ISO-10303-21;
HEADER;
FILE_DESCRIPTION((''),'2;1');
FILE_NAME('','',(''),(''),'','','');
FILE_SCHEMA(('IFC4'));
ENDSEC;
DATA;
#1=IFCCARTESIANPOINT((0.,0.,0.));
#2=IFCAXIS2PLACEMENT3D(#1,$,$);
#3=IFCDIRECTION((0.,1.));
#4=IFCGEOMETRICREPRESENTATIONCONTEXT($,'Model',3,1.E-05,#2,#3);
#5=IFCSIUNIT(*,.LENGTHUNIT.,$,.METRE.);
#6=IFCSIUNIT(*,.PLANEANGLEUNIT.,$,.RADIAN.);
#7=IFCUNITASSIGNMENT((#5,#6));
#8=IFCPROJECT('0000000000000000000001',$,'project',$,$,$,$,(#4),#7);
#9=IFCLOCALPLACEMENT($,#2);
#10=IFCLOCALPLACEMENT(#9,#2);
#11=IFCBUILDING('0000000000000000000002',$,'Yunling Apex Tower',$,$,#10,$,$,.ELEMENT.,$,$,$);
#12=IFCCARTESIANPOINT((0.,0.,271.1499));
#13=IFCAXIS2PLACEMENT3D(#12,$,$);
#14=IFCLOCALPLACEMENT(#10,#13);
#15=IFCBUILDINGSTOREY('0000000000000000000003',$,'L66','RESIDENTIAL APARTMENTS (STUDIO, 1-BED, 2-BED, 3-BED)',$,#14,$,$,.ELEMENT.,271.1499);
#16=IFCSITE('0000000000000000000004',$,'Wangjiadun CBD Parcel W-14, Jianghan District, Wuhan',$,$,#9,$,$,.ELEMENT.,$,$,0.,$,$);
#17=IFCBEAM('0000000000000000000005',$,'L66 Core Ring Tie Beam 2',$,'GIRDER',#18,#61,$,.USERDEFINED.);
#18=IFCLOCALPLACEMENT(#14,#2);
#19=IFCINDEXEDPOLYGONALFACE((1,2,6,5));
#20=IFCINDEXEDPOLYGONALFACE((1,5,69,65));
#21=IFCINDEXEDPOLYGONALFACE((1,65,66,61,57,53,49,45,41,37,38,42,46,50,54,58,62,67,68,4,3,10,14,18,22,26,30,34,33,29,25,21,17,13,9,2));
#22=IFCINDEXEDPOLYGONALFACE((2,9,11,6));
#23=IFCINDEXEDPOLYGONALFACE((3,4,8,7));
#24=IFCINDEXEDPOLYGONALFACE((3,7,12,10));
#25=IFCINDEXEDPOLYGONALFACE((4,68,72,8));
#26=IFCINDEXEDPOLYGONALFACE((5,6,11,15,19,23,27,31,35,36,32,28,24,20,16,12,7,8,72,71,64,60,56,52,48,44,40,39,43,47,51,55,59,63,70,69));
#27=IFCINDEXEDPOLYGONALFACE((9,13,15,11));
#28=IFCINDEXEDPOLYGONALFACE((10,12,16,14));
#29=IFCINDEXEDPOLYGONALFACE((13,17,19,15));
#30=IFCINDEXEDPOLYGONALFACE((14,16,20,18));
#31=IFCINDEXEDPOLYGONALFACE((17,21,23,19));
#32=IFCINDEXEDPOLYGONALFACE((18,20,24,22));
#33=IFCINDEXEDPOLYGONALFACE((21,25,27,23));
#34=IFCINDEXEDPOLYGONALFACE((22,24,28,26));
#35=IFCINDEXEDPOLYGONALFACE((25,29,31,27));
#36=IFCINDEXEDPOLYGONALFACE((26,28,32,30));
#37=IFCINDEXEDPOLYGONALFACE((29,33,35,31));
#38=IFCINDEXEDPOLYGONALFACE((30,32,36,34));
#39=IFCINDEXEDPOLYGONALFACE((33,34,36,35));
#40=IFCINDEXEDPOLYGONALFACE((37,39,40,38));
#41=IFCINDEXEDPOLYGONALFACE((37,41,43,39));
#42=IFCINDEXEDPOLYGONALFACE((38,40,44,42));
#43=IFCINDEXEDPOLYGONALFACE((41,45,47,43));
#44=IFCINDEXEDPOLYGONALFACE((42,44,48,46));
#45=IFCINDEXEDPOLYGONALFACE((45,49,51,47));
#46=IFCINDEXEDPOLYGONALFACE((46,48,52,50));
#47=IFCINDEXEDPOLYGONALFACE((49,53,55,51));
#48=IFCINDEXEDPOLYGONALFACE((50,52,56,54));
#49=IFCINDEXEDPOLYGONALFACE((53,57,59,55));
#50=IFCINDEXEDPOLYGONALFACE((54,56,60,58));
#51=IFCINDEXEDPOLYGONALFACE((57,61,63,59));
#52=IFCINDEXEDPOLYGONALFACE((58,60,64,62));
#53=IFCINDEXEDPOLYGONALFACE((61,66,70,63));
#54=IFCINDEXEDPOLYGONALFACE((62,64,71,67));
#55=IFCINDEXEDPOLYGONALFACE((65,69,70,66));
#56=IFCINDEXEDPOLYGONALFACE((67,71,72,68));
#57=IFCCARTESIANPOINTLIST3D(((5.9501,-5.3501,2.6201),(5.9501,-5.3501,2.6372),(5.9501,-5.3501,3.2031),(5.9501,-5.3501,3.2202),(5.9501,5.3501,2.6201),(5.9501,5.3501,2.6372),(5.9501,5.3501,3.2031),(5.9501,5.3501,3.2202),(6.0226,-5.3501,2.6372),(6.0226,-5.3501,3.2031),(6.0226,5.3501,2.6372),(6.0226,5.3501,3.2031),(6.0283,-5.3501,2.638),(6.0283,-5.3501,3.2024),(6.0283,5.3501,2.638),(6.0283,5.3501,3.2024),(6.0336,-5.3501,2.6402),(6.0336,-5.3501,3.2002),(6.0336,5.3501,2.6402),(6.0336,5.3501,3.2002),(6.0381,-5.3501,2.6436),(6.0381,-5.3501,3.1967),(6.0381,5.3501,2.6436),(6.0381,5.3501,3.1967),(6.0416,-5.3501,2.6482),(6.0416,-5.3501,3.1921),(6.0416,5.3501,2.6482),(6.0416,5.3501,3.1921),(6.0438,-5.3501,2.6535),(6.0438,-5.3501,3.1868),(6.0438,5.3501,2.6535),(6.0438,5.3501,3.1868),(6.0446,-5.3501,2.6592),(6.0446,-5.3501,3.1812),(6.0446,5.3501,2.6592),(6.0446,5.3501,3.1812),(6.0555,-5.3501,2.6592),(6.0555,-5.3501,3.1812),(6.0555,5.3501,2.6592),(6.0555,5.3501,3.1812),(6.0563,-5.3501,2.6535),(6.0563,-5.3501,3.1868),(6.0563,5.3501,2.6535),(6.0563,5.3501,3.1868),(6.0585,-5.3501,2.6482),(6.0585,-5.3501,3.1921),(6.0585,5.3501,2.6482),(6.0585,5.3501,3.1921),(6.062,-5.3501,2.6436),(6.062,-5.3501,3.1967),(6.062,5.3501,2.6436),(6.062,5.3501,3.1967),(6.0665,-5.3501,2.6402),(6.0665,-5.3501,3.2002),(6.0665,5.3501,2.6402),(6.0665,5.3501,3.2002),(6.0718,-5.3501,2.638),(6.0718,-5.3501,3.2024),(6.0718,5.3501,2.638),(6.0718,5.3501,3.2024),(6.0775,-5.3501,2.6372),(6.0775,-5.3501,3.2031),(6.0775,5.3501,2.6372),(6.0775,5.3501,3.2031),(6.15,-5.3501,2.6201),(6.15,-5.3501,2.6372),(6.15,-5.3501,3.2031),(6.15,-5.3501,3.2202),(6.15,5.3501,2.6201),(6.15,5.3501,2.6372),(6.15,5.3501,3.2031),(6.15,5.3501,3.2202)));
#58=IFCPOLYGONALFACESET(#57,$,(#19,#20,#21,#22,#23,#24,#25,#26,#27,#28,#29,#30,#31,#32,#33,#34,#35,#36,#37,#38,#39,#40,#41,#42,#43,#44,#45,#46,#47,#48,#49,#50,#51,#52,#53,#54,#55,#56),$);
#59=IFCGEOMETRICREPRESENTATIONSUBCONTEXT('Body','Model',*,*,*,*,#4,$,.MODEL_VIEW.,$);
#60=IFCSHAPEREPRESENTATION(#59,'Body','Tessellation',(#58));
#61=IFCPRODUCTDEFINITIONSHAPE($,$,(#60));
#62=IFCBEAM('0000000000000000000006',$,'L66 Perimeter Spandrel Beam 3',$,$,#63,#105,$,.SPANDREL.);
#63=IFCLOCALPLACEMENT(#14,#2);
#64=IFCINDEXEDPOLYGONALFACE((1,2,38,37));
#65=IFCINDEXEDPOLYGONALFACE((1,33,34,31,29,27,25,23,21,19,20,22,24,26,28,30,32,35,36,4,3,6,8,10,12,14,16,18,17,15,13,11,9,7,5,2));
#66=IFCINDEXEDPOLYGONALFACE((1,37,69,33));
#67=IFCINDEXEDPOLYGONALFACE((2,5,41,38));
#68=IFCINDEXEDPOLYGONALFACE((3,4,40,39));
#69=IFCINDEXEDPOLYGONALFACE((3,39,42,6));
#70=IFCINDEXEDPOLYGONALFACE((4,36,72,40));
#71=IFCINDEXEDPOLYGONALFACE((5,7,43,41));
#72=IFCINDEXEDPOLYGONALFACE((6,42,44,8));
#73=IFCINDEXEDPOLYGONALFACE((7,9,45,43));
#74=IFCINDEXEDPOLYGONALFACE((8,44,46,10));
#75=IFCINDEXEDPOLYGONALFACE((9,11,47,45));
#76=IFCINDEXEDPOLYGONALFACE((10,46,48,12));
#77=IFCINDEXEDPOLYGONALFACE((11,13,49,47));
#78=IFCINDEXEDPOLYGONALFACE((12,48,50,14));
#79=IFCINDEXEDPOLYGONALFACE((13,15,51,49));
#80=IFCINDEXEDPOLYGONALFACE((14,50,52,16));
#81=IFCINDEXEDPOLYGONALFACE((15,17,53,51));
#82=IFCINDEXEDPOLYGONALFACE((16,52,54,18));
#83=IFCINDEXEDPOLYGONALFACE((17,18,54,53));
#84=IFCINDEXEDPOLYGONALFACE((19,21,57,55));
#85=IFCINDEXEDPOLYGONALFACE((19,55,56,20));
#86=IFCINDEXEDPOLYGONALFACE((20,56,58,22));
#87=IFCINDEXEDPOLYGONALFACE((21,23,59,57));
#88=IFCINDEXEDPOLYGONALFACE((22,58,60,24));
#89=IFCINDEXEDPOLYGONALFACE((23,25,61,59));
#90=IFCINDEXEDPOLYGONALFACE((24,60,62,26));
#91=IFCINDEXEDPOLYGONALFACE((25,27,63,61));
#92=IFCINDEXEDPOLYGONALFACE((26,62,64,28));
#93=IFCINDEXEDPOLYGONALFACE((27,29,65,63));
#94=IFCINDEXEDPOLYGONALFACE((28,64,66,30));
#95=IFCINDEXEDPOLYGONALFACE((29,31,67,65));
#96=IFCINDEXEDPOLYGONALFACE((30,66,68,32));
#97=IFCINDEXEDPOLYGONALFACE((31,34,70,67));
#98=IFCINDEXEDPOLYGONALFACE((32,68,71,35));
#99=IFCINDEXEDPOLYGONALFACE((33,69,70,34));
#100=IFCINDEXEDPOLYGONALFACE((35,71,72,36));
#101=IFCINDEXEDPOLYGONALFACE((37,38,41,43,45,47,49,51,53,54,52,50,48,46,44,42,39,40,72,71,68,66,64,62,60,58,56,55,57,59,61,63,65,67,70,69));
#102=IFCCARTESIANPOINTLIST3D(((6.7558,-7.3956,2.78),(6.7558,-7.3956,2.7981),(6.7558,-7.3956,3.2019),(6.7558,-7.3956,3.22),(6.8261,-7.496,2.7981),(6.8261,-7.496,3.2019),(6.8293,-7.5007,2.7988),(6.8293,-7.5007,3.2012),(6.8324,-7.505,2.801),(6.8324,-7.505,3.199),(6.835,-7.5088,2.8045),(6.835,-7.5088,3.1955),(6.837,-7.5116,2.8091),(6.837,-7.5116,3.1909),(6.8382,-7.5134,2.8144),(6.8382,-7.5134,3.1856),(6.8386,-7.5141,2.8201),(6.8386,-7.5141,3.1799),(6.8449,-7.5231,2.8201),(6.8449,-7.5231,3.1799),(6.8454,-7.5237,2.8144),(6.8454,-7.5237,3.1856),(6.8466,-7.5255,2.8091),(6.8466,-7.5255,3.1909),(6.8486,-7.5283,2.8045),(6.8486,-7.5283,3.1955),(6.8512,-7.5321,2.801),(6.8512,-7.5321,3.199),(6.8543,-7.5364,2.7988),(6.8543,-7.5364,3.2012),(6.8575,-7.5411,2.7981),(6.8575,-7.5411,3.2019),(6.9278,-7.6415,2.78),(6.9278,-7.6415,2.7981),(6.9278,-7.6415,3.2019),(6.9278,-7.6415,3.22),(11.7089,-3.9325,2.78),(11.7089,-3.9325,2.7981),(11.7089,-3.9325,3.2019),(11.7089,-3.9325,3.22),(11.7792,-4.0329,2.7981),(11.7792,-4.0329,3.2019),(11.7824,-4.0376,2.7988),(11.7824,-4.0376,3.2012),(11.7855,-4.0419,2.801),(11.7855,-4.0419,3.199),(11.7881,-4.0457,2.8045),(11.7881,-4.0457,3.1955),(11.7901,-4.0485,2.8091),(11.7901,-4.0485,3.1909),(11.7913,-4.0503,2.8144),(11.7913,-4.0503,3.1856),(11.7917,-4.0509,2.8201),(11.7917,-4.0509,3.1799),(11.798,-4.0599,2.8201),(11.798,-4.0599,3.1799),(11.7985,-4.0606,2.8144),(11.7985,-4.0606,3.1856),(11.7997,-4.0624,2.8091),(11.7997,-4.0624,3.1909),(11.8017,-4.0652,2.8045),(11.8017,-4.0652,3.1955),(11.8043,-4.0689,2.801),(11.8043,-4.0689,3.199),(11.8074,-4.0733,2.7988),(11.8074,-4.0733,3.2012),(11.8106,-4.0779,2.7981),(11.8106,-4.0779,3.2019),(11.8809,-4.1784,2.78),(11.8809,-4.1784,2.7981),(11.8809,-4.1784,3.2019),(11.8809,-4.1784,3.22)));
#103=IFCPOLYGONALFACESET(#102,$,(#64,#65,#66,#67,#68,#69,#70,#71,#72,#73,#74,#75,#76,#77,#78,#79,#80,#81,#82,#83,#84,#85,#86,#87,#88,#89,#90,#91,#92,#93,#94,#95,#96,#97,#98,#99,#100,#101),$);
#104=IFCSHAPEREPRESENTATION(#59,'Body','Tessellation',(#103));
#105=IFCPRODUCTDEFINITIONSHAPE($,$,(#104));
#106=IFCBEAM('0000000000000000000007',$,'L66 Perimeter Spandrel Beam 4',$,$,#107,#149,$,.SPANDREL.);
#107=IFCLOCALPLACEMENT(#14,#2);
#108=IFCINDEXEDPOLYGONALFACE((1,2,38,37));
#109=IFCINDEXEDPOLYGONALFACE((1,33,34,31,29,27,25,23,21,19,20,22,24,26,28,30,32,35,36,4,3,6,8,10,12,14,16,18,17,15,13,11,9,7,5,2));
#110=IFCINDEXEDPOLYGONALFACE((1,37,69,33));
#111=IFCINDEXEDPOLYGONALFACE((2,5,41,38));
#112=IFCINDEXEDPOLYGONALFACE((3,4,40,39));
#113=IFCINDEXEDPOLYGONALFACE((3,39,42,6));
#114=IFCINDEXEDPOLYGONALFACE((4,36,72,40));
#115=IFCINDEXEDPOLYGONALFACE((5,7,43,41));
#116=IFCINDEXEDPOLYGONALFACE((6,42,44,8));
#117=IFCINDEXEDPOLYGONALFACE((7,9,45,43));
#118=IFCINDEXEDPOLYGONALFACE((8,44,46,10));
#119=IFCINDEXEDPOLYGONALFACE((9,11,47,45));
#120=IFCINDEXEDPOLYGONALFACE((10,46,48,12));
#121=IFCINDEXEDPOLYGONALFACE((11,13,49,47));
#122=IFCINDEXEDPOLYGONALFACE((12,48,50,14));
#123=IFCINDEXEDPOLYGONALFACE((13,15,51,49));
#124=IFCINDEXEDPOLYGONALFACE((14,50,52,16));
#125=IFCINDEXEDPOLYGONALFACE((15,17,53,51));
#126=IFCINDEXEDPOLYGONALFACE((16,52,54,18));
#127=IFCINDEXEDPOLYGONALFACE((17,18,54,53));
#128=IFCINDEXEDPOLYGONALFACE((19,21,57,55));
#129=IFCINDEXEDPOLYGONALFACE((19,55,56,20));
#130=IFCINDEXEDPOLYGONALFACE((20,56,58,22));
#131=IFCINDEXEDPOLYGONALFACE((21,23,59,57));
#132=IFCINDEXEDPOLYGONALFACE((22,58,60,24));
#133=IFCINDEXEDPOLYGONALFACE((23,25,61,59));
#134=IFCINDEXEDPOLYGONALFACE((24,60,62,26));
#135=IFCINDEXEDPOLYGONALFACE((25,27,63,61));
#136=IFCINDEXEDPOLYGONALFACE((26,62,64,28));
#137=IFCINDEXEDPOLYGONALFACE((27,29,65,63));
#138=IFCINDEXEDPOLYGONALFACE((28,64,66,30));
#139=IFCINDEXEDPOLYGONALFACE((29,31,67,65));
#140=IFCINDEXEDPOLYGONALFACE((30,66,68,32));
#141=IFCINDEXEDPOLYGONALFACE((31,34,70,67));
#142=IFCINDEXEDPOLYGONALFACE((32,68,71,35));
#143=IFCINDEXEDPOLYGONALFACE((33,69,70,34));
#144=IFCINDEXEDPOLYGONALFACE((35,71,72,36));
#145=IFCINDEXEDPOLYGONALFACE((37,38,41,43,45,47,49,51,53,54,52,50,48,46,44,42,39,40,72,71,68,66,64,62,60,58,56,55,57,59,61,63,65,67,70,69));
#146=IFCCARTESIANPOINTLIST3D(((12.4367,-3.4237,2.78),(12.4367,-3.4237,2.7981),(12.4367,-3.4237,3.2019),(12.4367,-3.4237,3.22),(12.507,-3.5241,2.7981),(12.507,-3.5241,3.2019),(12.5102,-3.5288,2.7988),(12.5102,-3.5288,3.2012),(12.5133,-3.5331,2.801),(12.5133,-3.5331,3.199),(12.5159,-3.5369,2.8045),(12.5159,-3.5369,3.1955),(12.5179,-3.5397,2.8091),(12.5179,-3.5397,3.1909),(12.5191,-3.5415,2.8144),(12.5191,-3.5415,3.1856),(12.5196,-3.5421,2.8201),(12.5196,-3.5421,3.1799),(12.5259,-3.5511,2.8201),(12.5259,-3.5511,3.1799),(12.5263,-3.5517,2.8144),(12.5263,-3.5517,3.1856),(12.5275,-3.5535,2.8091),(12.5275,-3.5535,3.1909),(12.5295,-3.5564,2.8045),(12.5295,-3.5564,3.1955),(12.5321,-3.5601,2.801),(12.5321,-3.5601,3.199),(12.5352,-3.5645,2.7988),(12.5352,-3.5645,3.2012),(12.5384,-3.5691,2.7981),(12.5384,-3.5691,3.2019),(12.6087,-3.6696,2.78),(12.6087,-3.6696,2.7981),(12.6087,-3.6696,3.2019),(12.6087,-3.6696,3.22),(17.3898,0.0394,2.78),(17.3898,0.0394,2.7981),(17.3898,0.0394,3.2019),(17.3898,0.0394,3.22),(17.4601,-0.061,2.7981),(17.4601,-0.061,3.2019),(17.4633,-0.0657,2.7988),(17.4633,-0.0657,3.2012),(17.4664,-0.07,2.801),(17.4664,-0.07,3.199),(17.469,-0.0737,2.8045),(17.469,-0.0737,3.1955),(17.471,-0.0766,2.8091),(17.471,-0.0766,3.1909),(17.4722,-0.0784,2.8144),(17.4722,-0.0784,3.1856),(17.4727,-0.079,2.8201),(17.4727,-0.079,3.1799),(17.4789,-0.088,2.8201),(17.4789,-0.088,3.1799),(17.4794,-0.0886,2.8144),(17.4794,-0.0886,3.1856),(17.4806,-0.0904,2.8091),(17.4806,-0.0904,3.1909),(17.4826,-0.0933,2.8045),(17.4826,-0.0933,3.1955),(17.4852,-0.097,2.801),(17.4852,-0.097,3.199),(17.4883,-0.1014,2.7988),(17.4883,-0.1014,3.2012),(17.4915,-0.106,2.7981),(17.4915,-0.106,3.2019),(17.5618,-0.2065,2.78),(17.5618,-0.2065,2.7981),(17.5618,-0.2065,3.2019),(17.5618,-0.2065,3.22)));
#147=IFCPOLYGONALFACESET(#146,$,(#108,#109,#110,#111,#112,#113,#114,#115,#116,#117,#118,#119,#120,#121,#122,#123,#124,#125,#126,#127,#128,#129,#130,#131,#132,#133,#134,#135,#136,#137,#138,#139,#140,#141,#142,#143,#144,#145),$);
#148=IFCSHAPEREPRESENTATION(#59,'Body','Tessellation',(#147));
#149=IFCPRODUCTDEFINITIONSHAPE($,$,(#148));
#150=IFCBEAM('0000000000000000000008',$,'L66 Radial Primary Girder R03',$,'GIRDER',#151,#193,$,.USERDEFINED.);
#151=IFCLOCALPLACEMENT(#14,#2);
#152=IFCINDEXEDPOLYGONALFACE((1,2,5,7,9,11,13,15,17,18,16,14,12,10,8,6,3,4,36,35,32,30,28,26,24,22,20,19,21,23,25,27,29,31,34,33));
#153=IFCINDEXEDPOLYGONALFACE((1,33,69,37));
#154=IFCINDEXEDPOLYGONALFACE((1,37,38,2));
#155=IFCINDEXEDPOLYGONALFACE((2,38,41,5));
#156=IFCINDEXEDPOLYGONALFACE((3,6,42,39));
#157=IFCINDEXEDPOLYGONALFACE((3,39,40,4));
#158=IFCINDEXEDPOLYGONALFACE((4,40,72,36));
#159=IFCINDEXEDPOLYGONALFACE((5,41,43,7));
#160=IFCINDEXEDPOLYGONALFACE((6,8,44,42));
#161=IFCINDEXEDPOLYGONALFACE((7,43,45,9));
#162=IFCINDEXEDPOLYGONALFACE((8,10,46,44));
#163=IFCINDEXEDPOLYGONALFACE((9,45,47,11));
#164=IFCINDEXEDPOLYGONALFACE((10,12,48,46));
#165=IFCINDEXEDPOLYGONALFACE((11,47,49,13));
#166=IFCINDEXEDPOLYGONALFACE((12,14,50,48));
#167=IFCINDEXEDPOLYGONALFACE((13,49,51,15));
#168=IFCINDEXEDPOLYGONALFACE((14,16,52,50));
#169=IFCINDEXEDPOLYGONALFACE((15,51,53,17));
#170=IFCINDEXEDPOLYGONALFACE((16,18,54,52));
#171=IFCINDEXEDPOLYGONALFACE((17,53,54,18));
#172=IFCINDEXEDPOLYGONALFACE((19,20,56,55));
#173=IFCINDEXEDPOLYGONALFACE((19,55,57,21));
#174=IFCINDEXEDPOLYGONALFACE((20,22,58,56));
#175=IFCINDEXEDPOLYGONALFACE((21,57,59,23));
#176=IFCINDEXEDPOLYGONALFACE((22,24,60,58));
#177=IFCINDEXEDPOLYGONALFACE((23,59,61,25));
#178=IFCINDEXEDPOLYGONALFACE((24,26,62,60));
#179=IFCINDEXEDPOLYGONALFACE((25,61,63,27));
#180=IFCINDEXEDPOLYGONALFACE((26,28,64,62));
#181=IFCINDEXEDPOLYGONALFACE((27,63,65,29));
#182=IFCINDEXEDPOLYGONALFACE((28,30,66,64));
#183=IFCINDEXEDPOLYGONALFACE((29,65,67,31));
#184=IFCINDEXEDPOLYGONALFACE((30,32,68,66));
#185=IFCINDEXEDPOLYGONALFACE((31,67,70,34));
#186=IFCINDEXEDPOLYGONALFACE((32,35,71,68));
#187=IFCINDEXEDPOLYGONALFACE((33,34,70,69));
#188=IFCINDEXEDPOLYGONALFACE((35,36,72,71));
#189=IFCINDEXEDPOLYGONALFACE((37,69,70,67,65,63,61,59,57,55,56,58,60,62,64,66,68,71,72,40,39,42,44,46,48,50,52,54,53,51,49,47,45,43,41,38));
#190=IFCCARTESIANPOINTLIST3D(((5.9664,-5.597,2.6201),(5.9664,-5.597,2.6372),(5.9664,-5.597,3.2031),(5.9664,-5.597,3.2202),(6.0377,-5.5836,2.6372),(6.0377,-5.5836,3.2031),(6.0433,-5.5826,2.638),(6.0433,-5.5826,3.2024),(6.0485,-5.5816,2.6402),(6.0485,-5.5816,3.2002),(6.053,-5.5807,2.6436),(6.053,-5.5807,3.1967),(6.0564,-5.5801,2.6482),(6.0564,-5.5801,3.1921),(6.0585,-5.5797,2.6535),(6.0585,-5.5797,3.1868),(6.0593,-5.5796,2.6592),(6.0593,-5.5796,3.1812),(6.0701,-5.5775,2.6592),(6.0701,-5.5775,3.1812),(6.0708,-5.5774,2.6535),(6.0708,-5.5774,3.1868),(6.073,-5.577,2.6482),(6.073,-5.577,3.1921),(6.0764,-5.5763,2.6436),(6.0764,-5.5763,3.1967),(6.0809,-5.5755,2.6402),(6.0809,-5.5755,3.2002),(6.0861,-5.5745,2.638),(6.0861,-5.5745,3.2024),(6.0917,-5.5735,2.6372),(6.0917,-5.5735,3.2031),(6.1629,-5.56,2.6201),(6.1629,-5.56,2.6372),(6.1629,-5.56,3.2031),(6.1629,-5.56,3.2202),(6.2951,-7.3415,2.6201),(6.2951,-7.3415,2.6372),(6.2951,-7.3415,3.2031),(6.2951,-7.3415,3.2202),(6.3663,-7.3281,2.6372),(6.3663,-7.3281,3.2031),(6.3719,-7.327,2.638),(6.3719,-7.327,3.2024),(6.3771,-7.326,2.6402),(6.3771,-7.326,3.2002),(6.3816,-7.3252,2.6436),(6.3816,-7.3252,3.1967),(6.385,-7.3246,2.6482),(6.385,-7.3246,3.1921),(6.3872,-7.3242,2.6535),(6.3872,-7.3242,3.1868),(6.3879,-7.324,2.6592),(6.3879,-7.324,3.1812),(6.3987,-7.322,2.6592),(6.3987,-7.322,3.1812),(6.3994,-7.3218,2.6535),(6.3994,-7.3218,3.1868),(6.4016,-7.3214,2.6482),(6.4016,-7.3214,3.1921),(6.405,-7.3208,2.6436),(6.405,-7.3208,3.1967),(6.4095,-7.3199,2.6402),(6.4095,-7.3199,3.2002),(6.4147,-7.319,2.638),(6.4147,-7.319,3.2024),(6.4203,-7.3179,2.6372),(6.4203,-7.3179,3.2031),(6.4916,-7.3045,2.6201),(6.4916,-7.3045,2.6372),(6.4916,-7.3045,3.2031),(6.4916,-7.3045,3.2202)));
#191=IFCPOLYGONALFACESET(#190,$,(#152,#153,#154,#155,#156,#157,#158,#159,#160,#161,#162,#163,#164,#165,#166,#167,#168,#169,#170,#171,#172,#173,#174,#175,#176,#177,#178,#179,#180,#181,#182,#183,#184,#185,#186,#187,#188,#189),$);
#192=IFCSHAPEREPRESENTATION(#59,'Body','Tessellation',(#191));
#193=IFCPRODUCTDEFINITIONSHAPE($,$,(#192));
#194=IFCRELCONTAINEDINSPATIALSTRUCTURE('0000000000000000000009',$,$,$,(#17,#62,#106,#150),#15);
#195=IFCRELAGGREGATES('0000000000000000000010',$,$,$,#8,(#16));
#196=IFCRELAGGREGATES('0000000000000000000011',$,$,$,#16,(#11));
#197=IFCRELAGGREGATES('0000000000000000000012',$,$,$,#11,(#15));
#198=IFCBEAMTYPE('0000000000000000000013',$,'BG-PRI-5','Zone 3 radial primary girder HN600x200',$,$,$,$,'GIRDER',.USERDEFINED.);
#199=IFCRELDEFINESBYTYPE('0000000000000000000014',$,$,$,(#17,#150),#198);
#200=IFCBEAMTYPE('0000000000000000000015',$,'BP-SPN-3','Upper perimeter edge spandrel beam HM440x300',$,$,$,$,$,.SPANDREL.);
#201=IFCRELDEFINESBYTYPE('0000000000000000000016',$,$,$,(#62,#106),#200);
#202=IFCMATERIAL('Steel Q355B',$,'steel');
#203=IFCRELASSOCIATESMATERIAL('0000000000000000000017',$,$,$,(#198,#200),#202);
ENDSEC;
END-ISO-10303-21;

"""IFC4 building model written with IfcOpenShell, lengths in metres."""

from ifc_helpers import new_model, si_unit, direction, frame, origin, origin_2d, place, context, subcontext, project, spatial, i_section, extrude, source, transform, mapped, material, material_profile, profile_set, type_object, element, save


model = new_model("IFC4")

# Units and contexts
model_context = context("Model", 3, precision=1e-05, world=origin(), true_north=direction((0.0, 1.0)))
body_context = subcontext(model_context, "Body", "Model", "MODEL_VIEW")
ifc_project = project(units=[si_unit("LENGTHUNIT", "METRE"), si_unit("PLANEANGLEUNIT", "RADIAN")], contexts=[model_context])

# Site, building, storey
site_placement = place(None, origin())
site = spatial("IfcSite", under=ifc_project, at=site_placement, Name="Wangjiadun CBD Parcel W-14, Jianghan District, Wuhan", CompositionType="ELEMENT", RefElevation=0.0)
building_placement = place(site_placement, origin())
building = spatial("IfcBuilding", under=site, at=building_placement, Name="Yunling Apex Tower", CompositionType="ELEMENT")
storey_placement = place(building_placement, frame((0.0, 0.0, 271.1499)))
storey = spatial("IfcBuildingStorey", under=building, at=storey_placement, Name="L66", Description="RESIDENTIAL APARTMENTS (STUDIO, 1-BED, 2-BED, 3-BED)", CompositionType="ELEMENT", Elevation=271.1499)

# Shared definitions
ifc_material_1 = material(Name="Steel Q355B", Category="steel")

# Beams
ifc_material_profile_1 = material_profile(ifc_material_1, i_section(OverallWidth=0.2, OverallDepth=0.6001, WebThickness=0.011, FlangeThickness=0.0171, FilletRadius=0.022, at=origin_2d()))
ifc_profile_set_1 = profile_set([ifc_material_profile_1], Name="Steel Q355B")
beam_type_1 = type_object("IfcBeamType", Name="BG-PRI-5", Description="Zone 3 radial primary girder HN600x200", ElementType="GIRDER", PredefinedType="USERDEFINED", material=ifc_profile_set_1)
shared_shape_1 = source(origin(), body_context, "Body", "SweptSolid", [
    extrude(i_section(OverallWidth=0.2, OverallDepth=0.6001, WebThickness=0.011, FlangeThickness=0.0171, FilletRadius=0.022, at=origin_2d()), origin(), (0.0, 0.0, 1.0), 10.7002),
])
beam_1_placement = place(storey_placement, frame((6.05, -5.3501, 2.9202), z_axis=(0.0, 1.0, 0.0), x_axis=(-1.0, 0.0, 0.0)))
element("IfcBeam", 1, at=beam_1_placement, inside=storey, type_object=beam_type_1, Name="L66 Core Ring Tie Beam 2", ObjectType="GIRDER", PredefinedType="USERDEFINED", context=body_context, shape_type="MappedRepresentation", body=[
    mapped(shared_shape_1, transform((0.0, 0.0, 0.0), scale=1.0)),
])
ifc_material_profile_2 = material_profile(ifc_material_1, i_section(OverallWidth=0.3, OverallDepth=0.4399, WebThickness=0.011, FlangeThickness=0.0181, FilletRadius=0.022, at=origin_2d()))
ifc_profile_set_2 = profile_set([ifc_material_profile_2], Name="Steel Q355B")
beam_type_2 = type_object("IfcBeamType", Name="BP-SPN-3", Description="Upper perimeter edge spandrel beam HM440x300", PredefinedType="SPANDREL", material=ifc_profile_set_2)
shared_shape_2 = source(origin(), body_context, "Body", "SweptSolid", [
    extrude(i_section(OverallWidth=0.3, OverallDepth=0.4399, WebThickness=0.011, FlangeThickness=0.0181, FilletRadius=0.022, at=origin_2d()), origin(), (0.0, 0.0, 1.0), 6.0437),
])
for number, where, z_axis, x_axis, name in (
    (2, (6.8418, -7.5186, 3.0), (0.819547, 0.573012, 0.0), (-0.573012, 0.819547, 0.0), "L66 Perimeter Spandrel Beam 3"),
    (3, (12.5227, -3.5466, 3.0), (0.819547, 0.573012, 0.0), (-0.573012, 0.819547, 0.0), "L66 Perimeter Spandrel Beam 4"),
):
    element("IfcBeam", number, at=place(storey_placement, frame(where, z_axis=z_axis, x_axis=x_axis)), inside=storey, type_object=beam_type_2, Name=name, PredefinedType="SPANDREL", context=body_context, shape_type="MappedRepresentation", body=[
        mapped(shared_shape_2, transform((0.0, 0.0, 0.0), scale=1.0)),
    ])
shared_shape_3 = source(origin(), body_context, "Body", "SweptSolid", [
    extrude(i_section(OverallWidth=0.2, OverallDepth=0.6001, WebThickness=0.011, FlangeThickness=0.0171, FilletRadius=0.022, at=origin_2d()), origin(), (0.0, 0.0, 1.0), 1.7751),
])
beam_2_placement = place(storey_placement, frame((6.3933, -7.323, 2.9202), z_axis=(-0.185127, 0.982715, 0.0), x_axis=(-0.982715, -0.185127, 0.0)))
element("IfcBeam", 4, at=beam_2_placement, inside=storey, type_object=beam_type_1, Name="L66 Radial Primary Girder R03", ObjectType="GIRDER", PredefinedType="USERDEFINED", context=body_context, shape_type="MappedRepresentation", body=[
    mapped(shared_shape_3, transform((0.0, 0.0, 0.0), scale=1.0)),
])

save(model, "model.ifc")
